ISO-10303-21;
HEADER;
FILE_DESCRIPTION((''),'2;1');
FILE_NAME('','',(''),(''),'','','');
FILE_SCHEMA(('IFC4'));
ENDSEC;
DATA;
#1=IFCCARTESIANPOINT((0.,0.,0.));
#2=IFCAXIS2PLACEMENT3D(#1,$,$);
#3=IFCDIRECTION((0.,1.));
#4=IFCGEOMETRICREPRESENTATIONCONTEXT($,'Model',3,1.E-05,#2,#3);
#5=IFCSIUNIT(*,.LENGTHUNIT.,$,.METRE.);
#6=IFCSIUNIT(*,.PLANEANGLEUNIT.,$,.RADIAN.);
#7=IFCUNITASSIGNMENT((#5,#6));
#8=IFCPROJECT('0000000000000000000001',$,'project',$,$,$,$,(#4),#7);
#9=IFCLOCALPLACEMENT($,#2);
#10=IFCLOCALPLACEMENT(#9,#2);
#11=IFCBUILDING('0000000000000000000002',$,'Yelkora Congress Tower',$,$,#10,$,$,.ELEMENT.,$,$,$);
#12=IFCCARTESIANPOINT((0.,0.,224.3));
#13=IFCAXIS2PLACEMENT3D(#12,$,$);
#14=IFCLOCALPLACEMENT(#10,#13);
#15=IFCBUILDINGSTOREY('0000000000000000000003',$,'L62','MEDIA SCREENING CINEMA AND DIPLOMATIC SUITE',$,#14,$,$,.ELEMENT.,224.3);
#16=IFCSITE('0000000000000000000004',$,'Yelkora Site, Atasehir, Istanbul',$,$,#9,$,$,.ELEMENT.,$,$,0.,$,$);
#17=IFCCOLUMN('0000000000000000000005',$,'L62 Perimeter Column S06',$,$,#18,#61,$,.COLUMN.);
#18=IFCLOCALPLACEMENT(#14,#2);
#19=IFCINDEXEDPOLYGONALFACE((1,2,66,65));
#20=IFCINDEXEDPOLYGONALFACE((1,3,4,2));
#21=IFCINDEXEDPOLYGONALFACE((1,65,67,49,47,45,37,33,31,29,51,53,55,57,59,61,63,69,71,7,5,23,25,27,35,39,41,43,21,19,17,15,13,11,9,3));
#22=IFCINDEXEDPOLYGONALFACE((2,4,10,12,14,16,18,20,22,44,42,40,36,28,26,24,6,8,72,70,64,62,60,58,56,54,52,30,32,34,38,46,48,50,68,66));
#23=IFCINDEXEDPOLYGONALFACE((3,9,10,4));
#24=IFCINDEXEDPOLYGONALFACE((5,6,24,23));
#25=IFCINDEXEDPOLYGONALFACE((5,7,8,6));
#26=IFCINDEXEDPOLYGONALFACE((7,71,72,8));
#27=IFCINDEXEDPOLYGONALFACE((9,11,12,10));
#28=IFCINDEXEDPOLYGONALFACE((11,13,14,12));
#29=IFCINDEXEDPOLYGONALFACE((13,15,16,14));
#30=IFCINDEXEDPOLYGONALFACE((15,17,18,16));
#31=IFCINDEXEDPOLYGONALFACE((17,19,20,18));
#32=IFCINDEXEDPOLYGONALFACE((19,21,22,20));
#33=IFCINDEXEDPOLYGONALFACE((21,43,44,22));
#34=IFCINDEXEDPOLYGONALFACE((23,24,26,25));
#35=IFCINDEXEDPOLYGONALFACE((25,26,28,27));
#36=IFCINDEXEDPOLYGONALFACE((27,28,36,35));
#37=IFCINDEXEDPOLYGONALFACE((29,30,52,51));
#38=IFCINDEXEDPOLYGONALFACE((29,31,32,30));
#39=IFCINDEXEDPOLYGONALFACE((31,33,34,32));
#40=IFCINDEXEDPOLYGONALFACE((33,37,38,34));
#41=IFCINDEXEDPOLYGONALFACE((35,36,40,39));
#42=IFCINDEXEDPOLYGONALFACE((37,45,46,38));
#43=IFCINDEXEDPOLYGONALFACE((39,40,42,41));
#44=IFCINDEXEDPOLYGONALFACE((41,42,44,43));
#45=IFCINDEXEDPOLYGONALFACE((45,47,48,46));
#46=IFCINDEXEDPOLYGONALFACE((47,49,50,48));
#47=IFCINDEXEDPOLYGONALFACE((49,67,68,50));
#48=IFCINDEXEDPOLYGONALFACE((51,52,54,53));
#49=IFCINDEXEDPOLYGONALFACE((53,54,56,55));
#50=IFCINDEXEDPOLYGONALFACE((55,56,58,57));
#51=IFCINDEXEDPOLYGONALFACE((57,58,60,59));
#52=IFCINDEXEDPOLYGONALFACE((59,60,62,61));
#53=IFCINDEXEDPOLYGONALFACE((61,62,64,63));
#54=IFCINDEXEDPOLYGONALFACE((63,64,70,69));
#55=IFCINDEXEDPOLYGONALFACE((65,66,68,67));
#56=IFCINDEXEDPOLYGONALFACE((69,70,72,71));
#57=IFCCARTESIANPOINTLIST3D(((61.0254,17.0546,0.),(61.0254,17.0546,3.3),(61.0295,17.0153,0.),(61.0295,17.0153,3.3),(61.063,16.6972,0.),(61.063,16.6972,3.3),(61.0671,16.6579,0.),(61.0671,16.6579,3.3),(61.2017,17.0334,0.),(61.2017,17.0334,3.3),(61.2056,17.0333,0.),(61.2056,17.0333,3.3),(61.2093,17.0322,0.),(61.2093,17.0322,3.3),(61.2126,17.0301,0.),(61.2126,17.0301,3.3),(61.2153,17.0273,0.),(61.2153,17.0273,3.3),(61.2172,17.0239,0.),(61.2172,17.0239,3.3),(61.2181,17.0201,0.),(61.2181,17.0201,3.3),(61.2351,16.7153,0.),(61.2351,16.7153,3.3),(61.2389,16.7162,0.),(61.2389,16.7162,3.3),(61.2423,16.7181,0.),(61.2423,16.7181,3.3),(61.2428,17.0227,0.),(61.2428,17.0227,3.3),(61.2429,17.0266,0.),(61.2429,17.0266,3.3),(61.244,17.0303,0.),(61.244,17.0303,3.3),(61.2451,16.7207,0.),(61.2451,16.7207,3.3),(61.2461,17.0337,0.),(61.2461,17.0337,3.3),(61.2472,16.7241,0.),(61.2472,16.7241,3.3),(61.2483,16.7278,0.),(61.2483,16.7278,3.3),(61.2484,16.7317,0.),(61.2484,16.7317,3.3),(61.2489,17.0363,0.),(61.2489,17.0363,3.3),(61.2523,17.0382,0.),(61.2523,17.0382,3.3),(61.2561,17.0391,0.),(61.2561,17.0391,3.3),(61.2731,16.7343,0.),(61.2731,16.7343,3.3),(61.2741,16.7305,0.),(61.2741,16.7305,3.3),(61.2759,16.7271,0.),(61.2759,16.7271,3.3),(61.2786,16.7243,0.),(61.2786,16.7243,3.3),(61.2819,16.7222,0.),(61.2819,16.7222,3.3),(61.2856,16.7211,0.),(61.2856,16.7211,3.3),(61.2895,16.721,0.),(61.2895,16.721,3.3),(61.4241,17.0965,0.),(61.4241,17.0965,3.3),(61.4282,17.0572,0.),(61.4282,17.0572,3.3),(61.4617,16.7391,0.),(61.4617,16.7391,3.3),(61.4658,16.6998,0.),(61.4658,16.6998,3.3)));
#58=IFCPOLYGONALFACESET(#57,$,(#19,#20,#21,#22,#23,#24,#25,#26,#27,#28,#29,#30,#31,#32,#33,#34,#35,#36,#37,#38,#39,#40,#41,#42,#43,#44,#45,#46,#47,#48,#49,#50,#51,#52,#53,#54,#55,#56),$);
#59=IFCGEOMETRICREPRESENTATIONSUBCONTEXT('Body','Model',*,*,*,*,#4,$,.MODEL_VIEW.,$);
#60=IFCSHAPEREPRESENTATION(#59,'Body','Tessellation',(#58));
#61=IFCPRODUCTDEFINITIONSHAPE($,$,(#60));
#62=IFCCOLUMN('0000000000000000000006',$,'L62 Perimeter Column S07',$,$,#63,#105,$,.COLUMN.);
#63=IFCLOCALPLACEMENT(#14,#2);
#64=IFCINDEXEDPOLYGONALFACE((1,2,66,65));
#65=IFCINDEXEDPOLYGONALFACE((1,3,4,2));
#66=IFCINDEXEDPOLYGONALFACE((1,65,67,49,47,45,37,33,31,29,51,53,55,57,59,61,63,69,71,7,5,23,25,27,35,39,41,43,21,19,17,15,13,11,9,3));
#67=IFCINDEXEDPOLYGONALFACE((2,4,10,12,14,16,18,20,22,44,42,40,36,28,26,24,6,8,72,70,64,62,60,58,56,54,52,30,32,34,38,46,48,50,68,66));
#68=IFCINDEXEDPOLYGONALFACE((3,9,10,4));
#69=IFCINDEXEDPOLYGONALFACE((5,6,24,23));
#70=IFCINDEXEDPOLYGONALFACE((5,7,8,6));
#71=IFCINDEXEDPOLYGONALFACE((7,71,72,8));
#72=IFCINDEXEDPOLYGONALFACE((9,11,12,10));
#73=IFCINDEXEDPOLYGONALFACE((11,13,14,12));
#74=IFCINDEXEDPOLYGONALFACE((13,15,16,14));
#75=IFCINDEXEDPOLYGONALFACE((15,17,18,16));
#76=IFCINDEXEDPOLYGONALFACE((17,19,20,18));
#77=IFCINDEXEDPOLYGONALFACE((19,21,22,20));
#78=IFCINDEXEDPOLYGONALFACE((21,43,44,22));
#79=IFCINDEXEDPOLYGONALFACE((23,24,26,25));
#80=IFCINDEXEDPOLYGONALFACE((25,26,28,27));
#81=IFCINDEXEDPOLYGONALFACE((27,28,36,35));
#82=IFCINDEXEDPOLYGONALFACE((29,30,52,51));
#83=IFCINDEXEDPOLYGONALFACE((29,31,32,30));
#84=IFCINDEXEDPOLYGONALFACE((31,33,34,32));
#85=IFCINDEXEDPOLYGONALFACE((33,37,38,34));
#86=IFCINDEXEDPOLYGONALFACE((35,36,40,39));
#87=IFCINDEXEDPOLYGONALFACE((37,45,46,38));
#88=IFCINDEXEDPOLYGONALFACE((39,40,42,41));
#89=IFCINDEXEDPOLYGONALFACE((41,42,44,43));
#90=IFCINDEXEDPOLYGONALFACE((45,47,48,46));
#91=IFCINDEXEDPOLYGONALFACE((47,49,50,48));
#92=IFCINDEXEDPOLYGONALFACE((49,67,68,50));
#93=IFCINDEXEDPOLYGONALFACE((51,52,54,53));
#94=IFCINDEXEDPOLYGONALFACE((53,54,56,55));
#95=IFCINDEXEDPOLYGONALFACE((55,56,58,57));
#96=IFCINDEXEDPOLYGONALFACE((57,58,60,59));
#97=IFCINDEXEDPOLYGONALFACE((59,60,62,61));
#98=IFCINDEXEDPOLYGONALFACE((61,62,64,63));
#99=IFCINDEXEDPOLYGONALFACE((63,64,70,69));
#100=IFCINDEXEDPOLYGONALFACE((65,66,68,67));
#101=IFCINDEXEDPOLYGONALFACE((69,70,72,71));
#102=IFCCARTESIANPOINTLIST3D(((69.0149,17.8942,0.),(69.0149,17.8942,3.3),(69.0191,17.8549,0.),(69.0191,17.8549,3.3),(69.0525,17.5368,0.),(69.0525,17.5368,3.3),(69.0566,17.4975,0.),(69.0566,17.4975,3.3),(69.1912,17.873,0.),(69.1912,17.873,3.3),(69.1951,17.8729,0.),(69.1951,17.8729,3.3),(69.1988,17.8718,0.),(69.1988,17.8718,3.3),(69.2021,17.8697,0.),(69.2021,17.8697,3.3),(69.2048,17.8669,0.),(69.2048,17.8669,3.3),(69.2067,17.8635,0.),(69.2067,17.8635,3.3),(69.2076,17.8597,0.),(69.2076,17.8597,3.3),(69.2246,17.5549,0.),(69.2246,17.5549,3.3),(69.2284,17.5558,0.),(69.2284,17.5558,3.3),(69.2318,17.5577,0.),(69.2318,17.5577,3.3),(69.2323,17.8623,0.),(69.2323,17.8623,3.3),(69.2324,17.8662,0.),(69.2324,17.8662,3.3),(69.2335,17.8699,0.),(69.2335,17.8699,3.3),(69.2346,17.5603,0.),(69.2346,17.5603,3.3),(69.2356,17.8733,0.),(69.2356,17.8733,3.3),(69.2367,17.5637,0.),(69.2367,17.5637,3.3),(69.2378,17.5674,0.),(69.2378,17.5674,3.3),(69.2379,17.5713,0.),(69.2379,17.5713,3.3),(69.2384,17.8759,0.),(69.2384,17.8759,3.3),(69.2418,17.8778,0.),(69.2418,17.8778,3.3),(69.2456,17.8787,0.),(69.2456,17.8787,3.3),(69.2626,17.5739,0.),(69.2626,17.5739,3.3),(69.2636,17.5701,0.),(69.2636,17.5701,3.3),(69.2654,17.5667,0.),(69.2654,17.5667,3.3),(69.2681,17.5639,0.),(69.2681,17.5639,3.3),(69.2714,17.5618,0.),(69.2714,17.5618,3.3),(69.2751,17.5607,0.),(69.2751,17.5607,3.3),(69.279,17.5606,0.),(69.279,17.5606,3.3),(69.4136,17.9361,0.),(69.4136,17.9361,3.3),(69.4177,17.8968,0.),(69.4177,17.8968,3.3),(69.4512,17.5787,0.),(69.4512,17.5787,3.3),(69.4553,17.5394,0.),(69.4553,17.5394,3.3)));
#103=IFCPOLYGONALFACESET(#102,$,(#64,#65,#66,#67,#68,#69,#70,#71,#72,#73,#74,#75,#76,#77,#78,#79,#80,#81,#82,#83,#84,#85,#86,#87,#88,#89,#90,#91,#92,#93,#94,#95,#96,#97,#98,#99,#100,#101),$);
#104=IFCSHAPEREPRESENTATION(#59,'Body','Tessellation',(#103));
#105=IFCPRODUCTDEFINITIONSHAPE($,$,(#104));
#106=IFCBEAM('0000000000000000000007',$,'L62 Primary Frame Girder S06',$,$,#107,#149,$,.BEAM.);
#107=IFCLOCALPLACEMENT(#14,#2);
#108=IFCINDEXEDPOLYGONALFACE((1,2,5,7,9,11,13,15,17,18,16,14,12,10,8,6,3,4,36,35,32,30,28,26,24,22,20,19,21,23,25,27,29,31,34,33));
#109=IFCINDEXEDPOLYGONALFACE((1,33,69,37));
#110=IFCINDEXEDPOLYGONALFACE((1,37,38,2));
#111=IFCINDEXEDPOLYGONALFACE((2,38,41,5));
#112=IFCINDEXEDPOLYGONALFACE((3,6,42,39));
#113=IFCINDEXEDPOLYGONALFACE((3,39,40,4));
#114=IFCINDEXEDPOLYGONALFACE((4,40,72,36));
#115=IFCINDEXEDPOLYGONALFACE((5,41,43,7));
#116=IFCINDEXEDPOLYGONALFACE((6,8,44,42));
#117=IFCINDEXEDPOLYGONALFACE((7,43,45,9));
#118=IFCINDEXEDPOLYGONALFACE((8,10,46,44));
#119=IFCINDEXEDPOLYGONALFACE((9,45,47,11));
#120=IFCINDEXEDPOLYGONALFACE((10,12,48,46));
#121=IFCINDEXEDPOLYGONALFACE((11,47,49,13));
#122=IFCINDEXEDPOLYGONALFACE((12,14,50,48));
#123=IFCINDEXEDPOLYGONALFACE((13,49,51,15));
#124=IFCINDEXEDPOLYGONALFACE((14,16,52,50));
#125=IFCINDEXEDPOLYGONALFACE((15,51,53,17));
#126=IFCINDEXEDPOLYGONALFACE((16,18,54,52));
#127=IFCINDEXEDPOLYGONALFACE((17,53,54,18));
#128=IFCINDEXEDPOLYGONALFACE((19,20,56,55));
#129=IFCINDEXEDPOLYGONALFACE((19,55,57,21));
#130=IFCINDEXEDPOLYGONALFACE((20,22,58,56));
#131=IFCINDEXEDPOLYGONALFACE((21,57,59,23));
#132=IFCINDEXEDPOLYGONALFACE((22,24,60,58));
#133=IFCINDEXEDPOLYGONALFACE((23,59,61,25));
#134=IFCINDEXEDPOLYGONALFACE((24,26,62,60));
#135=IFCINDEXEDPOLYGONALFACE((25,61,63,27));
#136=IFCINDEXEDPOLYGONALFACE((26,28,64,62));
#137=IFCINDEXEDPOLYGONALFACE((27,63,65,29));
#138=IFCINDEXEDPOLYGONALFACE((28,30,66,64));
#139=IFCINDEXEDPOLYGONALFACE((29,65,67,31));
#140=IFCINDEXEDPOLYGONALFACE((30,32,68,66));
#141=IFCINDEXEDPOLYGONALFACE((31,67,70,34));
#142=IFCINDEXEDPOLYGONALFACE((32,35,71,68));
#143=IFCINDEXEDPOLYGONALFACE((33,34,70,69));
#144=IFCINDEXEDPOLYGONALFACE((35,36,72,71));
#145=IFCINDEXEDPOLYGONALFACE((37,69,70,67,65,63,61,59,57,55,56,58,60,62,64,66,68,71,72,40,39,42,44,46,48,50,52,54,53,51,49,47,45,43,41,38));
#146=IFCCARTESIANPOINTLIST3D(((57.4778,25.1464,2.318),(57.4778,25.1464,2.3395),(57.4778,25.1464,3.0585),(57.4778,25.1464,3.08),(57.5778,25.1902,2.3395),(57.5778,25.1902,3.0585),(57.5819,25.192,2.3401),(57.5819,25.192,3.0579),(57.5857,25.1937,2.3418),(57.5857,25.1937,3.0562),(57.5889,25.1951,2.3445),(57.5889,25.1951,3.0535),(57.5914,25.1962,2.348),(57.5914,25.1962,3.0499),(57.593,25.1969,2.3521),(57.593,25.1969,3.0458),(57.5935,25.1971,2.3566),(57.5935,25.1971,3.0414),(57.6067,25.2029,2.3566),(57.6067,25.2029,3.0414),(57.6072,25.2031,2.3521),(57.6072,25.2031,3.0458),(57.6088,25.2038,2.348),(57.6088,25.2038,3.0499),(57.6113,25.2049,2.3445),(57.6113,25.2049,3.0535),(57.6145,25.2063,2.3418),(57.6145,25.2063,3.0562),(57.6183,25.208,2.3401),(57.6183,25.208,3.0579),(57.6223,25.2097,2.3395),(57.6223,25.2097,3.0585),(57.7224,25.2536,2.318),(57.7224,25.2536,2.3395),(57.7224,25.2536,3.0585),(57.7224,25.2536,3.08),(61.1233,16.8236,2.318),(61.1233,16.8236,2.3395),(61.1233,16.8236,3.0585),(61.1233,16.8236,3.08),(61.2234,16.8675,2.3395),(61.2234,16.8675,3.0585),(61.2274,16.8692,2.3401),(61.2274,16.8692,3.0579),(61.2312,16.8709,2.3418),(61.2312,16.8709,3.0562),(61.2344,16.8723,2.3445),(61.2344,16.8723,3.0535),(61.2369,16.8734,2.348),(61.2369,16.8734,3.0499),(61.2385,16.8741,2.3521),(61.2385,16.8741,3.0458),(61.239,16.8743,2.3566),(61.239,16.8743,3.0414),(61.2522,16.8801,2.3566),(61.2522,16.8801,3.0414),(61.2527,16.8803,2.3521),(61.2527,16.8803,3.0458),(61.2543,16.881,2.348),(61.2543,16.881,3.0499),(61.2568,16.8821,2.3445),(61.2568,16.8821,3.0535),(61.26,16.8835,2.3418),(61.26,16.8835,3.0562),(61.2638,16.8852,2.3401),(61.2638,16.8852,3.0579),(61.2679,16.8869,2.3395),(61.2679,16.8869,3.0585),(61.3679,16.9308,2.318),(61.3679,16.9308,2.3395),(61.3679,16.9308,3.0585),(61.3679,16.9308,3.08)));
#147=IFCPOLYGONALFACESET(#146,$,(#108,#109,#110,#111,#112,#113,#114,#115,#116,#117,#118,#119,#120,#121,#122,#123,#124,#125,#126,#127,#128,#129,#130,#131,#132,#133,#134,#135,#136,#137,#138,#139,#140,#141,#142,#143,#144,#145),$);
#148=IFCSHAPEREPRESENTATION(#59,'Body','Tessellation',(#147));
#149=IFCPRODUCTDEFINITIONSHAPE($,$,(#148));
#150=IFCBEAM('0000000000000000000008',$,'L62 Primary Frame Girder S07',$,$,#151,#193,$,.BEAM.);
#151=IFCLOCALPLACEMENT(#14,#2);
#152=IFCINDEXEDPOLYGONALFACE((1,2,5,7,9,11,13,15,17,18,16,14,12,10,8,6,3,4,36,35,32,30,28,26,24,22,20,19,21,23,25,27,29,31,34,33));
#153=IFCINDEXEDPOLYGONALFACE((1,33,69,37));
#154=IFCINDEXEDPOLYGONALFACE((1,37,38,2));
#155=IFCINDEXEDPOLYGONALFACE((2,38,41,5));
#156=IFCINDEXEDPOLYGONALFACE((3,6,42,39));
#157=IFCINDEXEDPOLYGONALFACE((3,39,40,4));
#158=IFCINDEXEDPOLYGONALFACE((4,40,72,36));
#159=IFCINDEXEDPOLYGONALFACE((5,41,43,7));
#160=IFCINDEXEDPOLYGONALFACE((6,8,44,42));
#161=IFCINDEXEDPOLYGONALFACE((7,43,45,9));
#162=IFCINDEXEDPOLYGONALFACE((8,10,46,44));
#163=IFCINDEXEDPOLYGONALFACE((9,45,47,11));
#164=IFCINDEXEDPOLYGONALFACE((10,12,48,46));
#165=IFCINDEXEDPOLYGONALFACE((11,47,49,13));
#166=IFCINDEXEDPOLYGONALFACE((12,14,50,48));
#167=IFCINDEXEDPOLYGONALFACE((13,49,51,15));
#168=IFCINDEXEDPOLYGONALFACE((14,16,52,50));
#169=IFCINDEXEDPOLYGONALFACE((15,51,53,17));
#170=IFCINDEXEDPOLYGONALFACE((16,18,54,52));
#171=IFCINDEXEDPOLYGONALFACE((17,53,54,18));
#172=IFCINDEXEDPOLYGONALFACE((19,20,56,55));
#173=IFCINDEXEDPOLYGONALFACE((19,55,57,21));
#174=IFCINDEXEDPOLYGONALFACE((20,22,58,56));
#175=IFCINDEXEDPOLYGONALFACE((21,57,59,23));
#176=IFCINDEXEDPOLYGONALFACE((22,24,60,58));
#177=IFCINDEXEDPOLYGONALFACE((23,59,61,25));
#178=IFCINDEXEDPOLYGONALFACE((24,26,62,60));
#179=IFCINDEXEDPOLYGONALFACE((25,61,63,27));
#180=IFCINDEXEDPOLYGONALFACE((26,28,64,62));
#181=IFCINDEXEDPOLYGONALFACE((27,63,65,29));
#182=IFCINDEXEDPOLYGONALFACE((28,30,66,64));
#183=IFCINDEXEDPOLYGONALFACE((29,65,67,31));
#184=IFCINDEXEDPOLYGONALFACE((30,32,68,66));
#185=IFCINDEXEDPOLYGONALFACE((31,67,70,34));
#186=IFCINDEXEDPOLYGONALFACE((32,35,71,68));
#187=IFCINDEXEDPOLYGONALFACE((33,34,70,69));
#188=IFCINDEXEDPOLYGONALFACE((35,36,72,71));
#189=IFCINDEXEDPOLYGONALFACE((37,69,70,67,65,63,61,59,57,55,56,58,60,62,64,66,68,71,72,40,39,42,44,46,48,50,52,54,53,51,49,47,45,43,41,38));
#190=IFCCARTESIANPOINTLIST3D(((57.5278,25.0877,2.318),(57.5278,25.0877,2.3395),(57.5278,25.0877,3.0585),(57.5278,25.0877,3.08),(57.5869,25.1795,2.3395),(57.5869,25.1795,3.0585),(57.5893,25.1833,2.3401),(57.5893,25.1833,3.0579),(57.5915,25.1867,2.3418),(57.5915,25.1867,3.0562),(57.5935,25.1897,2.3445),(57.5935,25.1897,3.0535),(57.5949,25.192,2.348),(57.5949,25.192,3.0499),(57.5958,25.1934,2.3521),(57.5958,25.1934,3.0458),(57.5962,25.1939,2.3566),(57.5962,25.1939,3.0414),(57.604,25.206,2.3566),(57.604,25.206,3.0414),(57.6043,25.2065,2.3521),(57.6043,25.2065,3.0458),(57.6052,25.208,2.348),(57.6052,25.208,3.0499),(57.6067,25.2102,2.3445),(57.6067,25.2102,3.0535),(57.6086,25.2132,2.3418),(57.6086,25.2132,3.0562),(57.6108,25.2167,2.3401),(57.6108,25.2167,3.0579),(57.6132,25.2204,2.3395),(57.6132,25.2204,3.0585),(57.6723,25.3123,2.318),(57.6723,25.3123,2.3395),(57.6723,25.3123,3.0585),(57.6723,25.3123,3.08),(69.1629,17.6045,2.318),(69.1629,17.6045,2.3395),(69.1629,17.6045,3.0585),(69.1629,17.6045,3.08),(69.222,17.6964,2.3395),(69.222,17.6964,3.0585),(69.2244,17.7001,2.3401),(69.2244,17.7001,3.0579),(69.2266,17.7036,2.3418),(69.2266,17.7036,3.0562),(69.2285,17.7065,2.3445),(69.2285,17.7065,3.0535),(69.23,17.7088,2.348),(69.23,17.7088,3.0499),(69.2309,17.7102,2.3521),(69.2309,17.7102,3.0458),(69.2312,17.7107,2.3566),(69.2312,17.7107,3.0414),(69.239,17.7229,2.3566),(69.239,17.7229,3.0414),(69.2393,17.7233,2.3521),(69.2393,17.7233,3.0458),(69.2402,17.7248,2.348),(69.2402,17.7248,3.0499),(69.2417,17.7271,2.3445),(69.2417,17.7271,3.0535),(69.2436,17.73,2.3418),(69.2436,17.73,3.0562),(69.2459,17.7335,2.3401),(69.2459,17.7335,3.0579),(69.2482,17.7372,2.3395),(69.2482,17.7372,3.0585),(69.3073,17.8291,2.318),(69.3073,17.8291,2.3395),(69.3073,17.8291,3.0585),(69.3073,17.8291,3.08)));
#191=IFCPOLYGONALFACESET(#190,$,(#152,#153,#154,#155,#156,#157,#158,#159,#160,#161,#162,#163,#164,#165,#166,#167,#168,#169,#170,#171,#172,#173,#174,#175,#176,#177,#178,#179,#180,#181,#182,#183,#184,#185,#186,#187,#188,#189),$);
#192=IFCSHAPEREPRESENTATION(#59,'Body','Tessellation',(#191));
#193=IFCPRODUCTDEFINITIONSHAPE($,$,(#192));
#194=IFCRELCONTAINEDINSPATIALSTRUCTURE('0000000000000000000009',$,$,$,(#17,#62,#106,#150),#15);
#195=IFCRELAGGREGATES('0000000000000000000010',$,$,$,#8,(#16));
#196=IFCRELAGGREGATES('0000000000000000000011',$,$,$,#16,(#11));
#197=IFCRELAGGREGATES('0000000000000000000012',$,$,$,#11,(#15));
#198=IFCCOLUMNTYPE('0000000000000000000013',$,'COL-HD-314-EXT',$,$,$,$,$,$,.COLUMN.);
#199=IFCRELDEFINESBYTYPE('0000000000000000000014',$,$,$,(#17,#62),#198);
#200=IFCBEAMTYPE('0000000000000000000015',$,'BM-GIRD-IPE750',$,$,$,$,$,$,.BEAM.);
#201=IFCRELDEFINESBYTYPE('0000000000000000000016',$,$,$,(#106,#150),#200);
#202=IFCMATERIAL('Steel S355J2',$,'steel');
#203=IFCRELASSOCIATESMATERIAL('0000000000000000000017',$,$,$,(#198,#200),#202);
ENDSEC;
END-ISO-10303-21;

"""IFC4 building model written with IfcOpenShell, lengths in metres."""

from ifc_helpers import new_model, si_unit, direction, frame, origin, origin_2d, place, context, subcontext, project, spatial, i_section, extrude, material, material_profile, profile_set, type_object, element, save


model = new_model("IFC4")

# Units and contexts
model_context = context("Model", 3, precision=1e-05, world=origin(), true_north=direction((0.0, 1.0)))
body_context = subcontext(model_context, "Body", "Model", "MODEL_VIEW")
ifc_project = project(units=[si_unit("LENGTHUNIT", "METRE"), si_unit("PLANEANGLEUNIT", "RADIAN")], contexts=[model_context])

# Site, building, storey
site_placement = place(None, origin())
site = spatial("IfcSite", under=ifc_project, at=site_placement, Name="Yelkora Site, Atasehir, Istanbul", CompositionType="ELEMENT", RefElevation=0.0)
building_placement = place(site_placement, origin())
building = spatial("IfcBuilding", under=site, at=building_placement, Name="Yelkora Congress Tower", CompositionType="ELEMENT")
storey_placement = place(building_placement, frame((0.0, 0.0, 224.3)))
storey = spatial("IfcBuildingStorey", under=building, at=storey_placement, Name="L62", Description="MEDIA SCREENING CINEMA AND DIPLOMATIC SUITE", CompositionType="ELEMENT", Elevation=224.3)

# Columns
ifc_material_1 = material(Name="Steel S355J2", Category="steel")
ifc_material_profile_1 = material_profile(ifc_material_1, i_section(OverallWidth=0.4009, OverallDepth=0.3989, WebThickness=0.0249, FlangeThickness=0.0396, FilletRadius=0.0149, at=origin_2d()), Name="HD 400x314")
ifc_profile_set_1 = profile_set([ifc_material_profile_1], Name="Steel S355J2")
column_type = type_object("IfcColumnType", Name="COL-HD-314-EXT", PredefinedType="COLUMN", material=ifc_profile_set_1)
for number, where, z_axis, x_axis, name in (
    (1, (61.2456, 16.8772, 0.0), (0.0, 0.0, 1.0), (0.994522, 0.104528, 0.0), "L62 Perimeter Column S06"),
    (2, (69.2351, 17.7168, 0.0), (0.0, 0.0, 1.0), (0.994522, 0.104528, 0.0), "L62 Perimeter Column S07"),
):
    element("IfcColumn", number, at=place(storey_placement, frame(where, z_axis=z_axis, x_axis=x_axis)), inside=storey, type_object=column_type, Name=name, PredefinedType="COLUMN", context=body_context, shape_type="SweptSolid", body=[
        extrude(i_section(OverallWidth=0.4009, OverallDepth=0.3989, WebThickness=0.0249, FlangeThickness=0.0396, FilletRadius=0.0149, at=origin_2d()), origin(), (0.0, 0.0, 1.0), 3.3),
    ])

# Beams
ifc_material_profile_2 = material_profile(ifc_material_1, i_section(OverallWidth=0.2671, OverallDepth=0.762, WebThickness=0.0144, FlangeThickness=0.0215, FilletRadius=0.0171, at=origin_2d()), Name="IPE 750x173")
ifc_profile_set_2 = profile_set([ifc_material_profile_2], Name="Steel S355J2")
beam_type_1 = type_object("IfcBeamType", Name="BM-GIRD-IPE750", PredefinedType="BEAM", material=ifc_profile_set_2)
beam_1_placement = place(storey_placement, frame((61.2456, 16.8772, 2.699), z_axis=(-0.401216, 0.915983, 0.0), x_axis=(-0.915983, -0.401216, 0.0)))
element("IfcBeam", 3, at=beam_1_placement, inside=storey, type_object=beam_type_1, Name="L62 Primary Frame Girder S06", PredefinedType="BEAM", context=body_context, shape_type="SweptSolid", body=[
    extrude(i_section(OverallWidth=0.2671, OverallDepth=0.762, WebThickness=0.0144, FlangeThickness=0.0215, FilletRadius=0.0171, at=origin_2d()), origin(), (0.0, 0.0, 1.0), 9.0862),
])
beam_2_placement = place(storey_placement, frame((69.2351, 17.7168, 2.699), z_axis=(-0.841063, 0.540937, 0.0), x_axis=(-0.540937, -0.841063, 0.0)))
element("IfcBeam", 4, at=beam_2_placement, inside=storey, type_object=beam_type_1, Name="L62 Primary Frame Girder S07", PredefinedType="BEAM", context=body_context, shape_type="SweptSolid", body=[
    extrude(i_section(OverallWidth=0.2671, OverallDepth=0.762, WebThickness=0.0144, FlangeThickness=0.0215, FilletRadius=0.0171, at=origin_2d()), origin(), (0.0, 0.0, 1.0), 13.8337),
])

save(model, "model.ifc")
